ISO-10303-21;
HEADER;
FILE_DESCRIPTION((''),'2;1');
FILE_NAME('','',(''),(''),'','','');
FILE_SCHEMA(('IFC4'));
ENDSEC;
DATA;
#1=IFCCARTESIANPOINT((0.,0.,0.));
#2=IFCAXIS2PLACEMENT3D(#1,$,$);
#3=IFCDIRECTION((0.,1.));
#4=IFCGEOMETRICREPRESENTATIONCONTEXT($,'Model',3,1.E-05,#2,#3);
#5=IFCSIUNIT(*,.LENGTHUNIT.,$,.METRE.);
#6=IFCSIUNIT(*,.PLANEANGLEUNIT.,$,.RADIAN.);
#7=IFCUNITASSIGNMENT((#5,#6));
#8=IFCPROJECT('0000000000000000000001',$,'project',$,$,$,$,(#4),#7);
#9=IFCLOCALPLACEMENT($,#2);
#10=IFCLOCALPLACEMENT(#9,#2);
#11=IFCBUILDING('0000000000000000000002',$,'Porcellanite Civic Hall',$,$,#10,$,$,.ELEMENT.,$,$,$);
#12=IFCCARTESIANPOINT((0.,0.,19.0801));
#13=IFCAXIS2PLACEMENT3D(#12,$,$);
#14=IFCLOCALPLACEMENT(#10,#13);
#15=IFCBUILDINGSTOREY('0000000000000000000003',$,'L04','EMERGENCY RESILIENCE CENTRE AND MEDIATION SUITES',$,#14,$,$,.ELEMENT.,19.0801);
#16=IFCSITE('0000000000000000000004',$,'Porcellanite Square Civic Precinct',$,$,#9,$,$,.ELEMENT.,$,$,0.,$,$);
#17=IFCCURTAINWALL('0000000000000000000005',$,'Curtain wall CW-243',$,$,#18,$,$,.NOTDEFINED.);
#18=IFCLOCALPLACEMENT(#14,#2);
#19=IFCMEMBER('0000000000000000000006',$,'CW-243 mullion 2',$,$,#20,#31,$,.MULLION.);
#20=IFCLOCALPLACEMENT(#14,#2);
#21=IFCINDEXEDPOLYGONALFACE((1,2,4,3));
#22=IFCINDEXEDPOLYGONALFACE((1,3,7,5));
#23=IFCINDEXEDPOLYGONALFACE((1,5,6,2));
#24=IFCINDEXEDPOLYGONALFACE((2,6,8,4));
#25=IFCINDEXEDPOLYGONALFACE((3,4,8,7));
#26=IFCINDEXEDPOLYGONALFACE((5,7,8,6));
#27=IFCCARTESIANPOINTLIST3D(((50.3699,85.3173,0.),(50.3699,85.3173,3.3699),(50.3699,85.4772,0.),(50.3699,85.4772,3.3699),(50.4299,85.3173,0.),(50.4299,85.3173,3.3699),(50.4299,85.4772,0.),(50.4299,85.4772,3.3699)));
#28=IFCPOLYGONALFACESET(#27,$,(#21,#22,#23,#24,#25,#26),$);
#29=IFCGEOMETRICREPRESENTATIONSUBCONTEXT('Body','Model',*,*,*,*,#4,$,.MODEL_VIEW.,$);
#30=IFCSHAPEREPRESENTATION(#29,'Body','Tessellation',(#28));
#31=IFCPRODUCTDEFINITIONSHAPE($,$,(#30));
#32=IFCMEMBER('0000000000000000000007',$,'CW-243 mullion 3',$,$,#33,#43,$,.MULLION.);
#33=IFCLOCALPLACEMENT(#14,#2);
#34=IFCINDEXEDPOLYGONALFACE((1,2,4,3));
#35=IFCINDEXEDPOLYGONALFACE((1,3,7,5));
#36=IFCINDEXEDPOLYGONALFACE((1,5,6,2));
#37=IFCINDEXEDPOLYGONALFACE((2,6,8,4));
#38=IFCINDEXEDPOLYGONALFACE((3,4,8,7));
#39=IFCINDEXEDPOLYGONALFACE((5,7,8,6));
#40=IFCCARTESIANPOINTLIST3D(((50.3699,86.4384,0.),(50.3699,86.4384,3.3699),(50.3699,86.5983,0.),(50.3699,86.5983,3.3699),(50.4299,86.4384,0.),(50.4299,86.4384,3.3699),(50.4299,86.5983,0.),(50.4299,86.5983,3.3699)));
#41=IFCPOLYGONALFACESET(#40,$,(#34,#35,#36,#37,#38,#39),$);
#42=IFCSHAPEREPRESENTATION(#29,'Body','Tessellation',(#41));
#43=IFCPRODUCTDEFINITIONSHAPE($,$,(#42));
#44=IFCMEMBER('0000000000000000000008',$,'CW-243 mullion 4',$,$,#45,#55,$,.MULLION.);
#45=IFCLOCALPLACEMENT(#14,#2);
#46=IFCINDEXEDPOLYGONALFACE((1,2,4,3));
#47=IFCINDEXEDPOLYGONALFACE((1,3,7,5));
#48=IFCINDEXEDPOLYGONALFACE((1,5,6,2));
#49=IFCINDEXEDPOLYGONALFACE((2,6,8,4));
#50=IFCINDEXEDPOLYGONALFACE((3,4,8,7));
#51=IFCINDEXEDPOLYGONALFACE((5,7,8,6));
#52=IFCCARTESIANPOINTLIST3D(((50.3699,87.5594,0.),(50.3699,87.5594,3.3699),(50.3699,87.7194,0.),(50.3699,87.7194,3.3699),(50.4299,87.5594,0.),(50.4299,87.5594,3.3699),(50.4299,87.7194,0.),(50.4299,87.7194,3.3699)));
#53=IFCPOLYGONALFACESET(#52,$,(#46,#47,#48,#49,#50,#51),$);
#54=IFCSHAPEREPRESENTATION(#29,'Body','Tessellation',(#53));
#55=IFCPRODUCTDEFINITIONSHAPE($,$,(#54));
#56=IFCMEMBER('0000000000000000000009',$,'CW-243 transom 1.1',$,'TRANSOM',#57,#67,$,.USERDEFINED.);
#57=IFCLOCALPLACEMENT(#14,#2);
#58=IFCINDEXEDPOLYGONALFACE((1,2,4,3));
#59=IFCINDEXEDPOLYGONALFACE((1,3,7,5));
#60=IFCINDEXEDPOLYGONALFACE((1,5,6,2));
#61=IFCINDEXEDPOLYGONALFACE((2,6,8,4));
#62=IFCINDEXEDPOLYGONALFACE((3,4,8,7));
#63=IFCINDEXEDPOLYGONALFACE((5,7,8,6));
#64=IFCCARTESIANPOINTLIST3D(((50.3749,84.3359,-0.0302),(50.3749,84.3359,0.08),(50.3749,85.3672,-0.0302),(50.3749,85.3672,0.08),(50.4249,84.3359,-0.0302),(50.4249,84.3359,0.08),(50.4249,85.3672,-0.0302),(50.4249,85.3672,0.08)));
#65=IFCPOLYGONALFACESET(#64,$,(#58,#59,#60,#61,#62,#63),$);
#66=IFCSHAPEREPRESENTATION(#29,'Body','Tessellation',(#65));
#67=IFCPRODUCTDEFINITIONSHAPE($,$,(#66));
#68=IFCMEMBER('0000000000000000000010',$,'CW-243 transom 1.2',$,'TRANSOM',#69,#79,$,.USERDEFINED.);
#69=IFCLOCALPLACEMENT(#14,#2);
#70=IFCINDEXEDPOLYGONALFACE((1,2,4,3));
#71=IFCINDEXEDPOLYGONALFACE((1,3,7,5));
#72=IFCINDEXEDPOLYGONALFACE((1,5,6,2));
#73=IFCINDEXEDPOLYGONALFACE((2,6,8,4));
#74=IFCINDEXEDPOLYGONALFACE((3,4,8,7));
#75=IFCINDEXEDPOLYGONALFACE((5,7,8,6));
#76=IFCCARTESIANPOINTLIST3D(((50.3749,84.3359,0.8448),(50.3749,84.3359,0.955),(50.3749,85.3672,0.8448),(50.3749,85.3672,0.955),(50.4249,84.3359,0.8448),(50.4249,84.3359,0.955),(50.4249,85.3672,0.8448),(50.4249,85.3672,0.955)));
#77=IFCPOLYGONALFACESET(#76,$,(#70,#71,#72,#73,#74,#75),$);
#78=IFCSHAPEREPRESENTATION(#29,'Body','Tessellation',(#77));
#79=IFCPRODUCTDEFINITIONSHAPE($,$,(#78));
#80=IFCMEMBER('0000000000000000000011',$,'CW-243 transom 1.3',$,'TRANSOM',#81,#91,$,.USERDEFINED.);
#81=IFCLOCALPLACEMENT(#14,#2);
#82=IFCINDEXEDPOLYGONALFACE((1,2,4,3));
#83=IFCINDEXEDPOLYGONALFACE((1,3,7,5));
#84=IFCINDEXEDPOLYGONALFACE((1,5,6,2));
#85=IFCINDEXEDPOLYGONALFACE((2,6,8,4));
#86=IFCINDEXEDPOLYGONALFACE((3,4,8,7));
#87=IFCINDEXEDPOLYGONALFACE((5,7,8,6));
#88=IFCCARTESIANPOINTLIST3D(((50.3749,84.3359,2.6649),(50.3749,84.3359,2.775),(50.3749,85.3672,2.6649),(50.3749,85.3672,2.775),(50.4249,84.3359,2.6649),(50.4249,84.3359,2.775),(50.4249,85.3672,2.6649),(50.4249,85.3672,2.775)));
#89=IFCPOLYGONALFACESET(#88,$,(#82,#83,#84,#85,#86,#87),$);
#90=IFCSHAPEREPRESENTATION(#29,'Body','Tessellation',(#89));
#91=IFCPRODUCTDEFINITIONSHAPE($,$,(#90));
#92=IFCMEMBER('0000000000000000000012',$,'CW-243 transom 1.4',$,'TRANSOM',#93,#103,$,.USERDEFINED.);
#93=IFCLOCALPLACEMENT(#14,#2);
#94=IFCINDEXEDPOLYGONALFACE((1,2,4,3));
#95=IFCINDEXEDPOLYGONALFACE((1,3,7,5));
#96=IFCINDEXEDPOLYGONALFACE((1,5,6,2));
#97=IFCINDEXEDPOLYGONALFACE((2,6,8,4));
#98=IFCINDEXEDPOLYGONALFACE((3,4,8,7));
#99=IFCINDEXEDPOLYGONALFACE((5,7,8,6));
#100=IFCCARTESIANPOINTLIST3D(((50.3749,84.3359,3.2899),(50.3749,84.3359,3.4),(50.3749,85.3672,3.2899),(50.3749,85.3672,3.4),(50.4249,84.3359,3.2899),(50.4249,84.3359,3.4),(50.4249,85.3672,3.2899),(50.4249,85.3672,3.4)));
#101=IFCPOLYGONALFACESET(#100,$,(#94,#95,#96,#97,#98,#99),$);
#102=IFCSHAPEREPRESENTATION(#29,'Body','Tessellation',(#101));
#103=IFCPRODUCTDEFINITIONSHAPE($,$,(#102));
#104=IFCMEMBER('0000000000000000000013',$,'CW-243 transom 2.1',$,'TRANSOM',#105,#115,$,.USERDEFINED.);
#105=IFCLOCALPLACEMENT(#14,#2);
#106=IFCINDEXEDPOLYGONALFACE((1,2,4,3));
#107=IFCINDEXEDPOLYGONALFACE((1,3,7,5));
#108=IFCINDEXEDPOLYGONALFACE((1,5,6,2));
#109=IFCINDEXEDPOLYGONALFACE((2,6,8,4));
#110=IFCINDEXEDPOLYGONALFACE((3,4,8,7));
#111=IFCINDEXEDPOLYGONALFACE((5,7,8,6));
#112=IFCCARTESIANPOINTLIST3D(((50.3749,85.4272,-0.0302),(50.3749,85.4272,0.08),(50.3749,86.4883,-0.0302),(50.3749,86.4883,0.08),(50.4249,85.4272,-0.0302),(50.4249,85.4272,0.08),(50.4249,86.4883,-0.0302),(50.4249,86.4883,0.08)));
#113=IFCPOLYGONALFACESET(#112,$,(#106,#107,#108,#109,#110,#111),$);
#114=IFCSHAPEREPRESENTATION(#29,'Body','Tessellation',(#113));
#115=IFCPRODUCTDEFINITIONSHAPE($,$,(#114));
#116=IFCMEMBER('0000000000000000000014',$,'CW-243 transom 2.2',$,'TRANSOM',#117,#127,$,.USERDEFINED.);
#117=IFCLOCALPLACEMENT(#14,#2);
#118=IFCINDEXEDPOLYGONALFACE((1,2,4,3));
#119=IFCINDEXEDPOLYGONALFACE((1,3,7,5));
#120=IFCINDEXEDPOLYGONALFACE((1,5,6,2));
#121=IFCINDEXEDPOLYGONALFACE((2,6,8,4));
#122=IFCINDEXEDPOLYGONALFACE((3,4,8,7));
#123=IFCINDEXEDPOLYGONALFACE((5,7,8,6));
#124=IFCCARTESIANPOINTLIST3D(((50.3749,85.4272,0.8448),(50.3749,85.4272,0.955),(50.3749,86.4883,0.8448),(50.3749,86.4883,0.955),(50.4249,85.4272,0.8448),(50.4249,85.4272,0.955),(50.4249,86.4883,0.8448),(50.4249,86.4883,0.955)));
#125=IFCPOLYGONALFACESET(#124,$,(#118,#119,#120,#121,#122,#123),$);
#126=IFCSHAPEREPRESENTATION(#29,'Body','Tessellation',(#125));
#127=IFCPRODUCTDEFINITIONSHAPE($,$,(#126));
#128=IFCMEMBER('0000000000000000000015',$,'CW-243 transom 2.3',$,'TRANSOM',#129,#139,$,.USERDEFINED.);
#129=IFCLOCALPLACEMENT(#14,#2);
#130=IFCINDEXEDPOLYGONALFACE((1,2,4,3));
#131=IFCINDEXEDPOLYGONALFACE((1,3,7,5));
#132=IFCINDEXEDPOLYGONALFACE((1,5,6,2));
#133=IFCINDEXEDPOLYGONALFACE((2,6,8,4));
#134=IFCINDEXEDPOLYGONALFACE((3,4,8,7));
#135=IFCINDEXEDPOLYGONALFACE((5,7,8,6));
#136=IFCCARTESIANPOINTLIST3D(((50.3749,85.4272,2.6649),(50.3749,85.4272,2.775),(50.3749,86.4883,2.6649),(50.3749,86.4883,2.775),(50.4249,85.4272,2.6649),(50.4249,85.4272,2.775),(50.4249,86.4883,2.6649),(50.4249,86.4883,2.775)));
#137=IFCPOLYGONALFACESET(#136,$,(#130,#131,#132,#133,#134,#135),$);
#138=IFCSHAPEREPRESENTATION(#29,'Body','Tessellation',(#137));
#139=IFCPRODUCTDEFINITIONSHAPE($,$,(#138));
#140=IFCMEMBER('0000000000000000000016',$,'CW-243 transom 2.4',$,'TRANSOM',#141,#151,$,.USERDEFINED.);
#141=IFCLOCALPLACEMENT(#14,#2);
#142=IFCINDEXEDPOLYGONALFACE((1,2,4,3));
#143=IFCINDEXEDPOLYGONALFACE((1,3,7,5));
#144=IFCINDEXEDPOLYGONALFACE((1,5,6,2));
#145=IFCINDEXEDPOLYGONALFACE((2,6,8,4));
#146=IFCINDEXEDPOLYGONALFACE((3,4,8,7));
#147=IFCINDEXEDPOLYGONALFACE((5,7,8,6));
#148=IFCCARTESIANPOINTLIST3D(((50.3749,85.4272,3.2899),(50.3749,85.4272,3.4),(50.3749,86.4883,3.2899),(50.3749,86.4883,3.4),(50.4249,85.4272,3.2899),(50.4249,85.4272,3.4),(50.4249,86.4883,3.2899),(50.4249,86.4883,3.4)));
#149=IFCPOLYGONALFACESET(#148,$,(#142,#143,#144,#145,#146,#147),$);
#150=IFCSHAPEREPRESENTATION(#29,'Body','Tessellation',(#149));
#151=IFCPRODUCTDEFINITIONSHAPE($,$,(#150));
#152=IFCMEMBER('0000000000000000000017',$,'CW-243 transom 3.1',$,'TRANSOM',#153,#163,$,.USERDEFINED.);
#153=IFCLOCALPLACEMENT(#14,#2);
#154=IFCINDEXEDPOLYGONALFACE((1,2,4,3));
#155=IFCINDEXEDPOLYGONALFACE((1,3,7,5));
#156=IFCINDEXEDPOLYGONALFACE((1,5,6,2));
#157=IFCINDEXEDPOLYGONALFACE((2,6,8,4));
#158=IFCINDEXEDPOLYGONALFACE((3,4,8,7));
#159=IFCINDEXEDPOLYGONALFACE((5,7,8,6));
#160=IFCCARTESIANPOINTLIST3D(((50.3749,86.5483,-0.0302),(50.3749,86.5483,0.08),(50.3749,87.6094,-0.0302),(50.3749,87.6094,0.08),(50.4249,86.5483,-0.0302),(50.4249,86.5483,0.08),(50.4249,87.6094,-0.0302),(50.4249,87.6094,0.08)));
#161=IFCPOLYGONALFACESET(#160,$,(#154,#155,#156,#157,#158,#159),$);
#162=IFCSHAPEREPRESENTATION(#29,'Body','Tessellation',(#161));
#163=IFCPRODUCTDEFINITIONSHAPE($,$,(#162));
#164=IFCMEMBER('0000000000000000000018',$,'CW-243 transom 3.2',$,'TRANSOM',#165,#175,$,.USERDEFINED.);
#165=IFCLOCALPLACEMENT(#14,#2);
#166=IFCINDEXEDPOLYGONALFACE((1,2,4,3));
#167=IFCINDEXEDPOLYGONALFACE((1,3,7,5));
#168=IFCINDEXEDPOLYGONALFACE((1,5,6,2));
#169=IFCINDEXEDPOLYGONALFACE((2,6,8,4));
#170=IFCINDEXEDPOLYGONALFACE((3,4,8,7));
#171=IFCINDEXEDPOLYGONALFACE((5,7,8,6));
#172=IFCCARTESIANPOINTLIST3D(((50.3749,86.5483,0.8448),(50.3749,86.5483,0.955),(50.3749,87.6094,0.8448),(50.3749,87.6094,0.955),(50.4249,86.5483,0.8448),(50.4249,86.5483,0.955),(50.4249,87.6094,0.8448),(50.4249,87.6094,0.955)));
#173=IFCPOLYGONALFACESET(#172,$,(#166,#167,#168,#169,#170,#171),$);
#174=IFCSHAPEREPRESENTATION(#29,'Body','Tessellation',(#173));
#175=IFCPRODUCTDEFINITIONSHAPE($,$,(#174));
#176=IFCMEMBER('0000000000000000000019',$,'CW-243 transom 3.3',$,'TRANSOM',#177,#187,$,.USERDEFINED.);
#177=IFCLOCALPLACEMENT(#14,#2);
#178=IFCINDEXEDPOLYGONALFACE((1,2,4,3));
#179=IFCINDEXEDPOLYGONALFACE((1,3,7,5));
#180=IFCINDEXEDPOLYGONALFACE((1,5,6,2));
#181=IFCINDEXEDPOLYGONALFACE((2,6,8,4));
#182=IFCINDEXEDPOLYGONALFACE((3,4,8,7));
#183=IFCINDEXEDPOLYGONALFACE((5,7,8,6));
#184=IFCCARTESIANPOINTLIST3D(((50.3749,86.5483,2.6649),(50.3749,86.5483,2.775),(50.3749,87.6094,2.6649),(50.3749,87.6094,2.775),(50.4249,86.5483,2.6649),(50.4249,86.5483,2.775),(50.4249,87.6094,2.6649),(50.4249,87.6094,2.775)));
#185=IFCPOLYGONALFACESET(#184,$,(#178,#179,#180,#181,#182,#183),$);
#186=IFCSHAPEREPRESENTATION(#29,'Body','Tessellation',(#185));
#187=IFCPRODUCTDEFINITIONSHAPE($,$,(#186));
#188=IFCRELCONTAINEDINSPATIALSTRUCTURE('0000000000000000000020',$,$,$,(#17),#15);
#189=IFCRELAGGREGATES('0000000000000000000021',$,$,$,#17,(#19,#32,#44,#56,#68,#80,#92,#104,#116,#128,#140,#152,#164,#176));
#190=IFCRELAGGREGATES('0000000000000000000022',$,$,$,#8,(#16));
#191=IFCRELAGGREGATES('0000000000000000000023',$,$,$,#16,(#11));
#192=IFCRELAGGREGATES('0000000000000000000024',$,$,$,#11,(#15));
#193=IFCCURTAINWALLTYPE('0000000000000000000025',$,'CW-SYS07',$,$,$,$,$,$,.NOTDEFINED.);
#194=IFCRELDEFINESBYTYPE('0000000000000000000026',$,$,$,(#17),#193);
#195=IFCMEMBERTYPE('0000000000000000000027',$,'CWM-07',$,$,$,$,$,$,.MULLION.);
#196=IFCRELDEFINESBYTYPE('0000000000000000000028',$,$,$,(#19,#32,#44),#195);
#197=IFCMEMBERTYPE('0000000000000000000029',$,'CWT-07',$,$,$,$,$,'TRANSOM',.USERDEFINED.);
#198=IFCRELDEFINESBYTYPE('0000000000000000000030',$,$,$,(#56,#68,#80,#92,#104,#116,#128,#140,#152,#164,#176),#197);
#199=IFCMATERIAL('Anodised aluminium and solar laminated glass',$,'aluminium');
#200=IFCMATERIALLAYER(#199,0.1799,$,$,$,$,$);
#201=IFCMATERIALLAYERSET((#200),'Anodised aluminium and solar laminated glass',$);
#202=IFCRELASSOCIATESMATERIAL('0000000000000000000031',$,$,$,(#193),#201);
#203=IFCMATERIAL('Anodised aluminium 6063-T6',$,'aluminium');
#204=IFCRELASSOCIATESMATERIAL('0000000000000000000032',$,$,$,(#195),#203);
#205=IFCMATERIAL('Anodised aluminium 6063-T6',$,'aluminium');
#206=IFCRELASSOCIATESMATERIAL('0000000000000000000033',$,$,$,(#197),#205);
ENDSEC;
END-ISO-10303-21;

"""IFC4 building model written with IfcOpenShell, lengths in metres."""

from ifc_helpers import new_model, si_unit, direction, frame, origin, origin_2d, place, context, subcontext, project, spatial, rectangle, extrude, material, layer, layer_set, material_profile, profile_set, type_object, element, aggregate, save


model = new_model("IFC4")

# Units and contexts
model_context = context("Model", 3, precision=1e-05, world=origin(), true_north=direction((0.0, 1.0)))
body_context = subcontext(model_context, "Body", "Model", "MODEL_VIEW")
ifc_project = project(units=[si_unit("LENGTHUNIT", "METRE"), si_unit("PLANEANGLEUNIT", "RADIAN")], contexts=[model_context])

# Site, building, storey
site_placement = place(None, origin())
site = spatial("IfcSite", under=ifc_project, at=site_placement, Name="Porcellanite Square Civic Precinct", CompositionType="ELEMENT", RefElevation=0.0)
building_placement = place(site_placement, origin())
building = spatial("IfcBuilding", under=site, at=building_placement, Name="Porcellanite Civic Hall", CompositionType="ELEMENT")
storey_placement = place(building_placement, frame((0.0, 0.0, 19.0801)))
storey = spatial("IfcBuildingStorey", under=building, at=storey_placement, Name="L04", Description="EMERGENCY RESILIENCE CENTRE AND MEDIATION SUITES", CompositionType="ELEMENT", Elevation=19.0801)

# Curtain wall, members
ifc_material_1 = material(Name="Anodised aluminium and solar laminated glass", Category="aluminium")
ifc_layer_1 = layer(ifc_material_1, 0.1799)
ifc_layer_set_1 = layer_set([ifc_layer_1], Name="Anodised aluminium and solar laminated glass")
curtain_wall_type = type_object("IfcCurtainWallType", Name="CW-SYS07", PredefinedType="NOTDEFINED", material=ifc_layer_set_1)
curtain_wall_placement = place(storey_placement, origin())
curtain_wall = element("IfcCurtainWall", 1, at=curtain_wall_placement, inside=storey, type_object=curtain_wall_type, Name="Curtain wall CW-243", PredefinedType="NOTDEFINED")
ifc_material_2 = material(Name="Anodised aluminium 6063-T6", Category="aluminium")
ifc_material_profile_1 = material_profile(ifc_material_2, rectangle(XDim=0.0601, YDim=0.1599, at=origin_2d()), Name="AL-60x160")
ifc_profile_set_1 = profile_set([ifc_material_profile_1], Name="Anodised aluminium 6063-T6")
member_type_1 = type_object("IfcMemberType", Name="CWM-07", PredefinedType="MULLION", material=ifc_profile_set_1)
member_1_placement = place(storey_placement, frame((50.3999, 85.3972, 0.0), z_axis=(0.0, 0.0, 1.0), x_axis=(-1.0, 0.0, 0.0)))
member_1 = element("IfcMember", 2, at=member_1_placement, type_object=member_type_1, Name="CW-243 mullion 2", PredefinedType="MULLION", context=body_context, shape_type="SweptSolid", body=[
    extrude(rectangle(XDim=0.0601, YDim=0.1599, at=origin_2d()), origin(), (0.0, 0.0, 1.0), 3.3699),
])
member_2_placement = place(storey_placement, frame((50.3999, 86.5183, 0.0), z_axis=(0.0, 0.0, 1.0), x_axis=(-1.0, 0.0, 0.0)))
member_2 = element("IfcMember", 3, at=member_2_placement, type_object=member_type_1, Name="CW-243 mullion 3", PredefinedType="MULLION", context=body_context, shape_type="SweptSolid", body=[
    extrude(rectangle(XDim=0.0601, YDim=0.1599, at=origin_2d()), origin(), (0.0, 0.0, 1.0), 3.3699),
])
member_3_placement = place(storey_placement, frame((50.3999, 87.6394, 0.0), z_axis=(0.0, 0.0, 1.0), x_axis=(-1.0, 0.0, 0.0)))
member_3 = element("IfcMember", 4, at=member_3_placement, type_object=member_type_1, Name="CW-243 mullion 4", PredefinedType="MULLION", context=body_context, shape_type="SweptSolid", body=[
    extrude(rectangle(XDim=0.0601, YDim=0.1599, at=origin_2d()), origin(), (0.0, 0.0, 1.0), 3.3699),
])
ifc_material_3 = material(Name="Anodised aluminium 6063-T6", Category="aluminium")
ifc_material_profile_2 = material_profile(ifc_material_3, rectangle(XDim=0.05, YDim=0.1101, at=origin_2d()), Name="AL-50x110")
ifc_profile_set_2 = profile_set([ifc_material_profile_2], Name="Anodised aluminium 6063-T6")
member_type_2 = type_object("IfcMemberType", Name="CWT-07", ElementType="TRANSOM", PredefinedType="USERDEFINED", material=ifc_profile_set_2)
member_4_placement = place(storey_placement, frame((50.3999, 84.3359, 0.0249), z_axis=(0.0, 1.0, 0.0), x_axis=(-1.0, 0.0, 0.0)))
member_4 = element("IfcMember", 5, at=member_4_placement, type_object=member_type_2, Name="CW-243 transom 1.1", ObjectType="TRANSOM", PredefinedType="USERDEFINED", context=body_context, shape_type="SweptSolid", body=[
    extrude(rectangle(XDim=0.05, YDim=0.1101, at=origin_2d()), origin(), (0.0, 0.0, 1.0), 1.0312),
])
member_5_placement = place(storey_placement, frame((50.3999, 84.3359, 0.8999), z_axis=(0.0, 1.0, 0.0), x_axis=(-1.0, 0.0, 0.0)))
member_5 = element("IfcMember", 6, at=member_5_placement, type_object=member_type_2, Name="CW-243 transom 1.2", ObjectType="TRANSOM", PredefinedType="USERDEFINED", context=body_context, shape_type="SweptSolid", body=[
    extrude(rectangle(XDim=0.05, YDim=0.1101, at=origin_2d()), origin(), (0.0, 0.0, 1.0), 1.0312),
])
member_6_placement = place(storey_placement, frame((50.3999, 84.3359, 2.72), z_axis=(0.0, 1.0, 0.0), x_axis=(-1.0, 0.0, 0.0)))
member_6 = element("IfcMember", 7, at=member_6_placement, type_object=member_type_2, Name="CW-243 transom 1.3", ObjectType="TRANSOM", PredefinedType="USERDEFINED", context=body_context, shape_type="SweptSolid", body=[
    extrude(rectangle(XDim=0.05, YDim=0.1101, at=origin_2d()), origin(), (0.0, 0.0, 1.0), 1.0312),
])
member_7_placement = place(storey_placement, frame((50.3999, 84.3359, 3.345), z_axis=(0.0, 1.0, 0.0), x_axis=(-1.0, 0.0, 0.0)))
member_7 = element("IfcMember", 8, at=member_7_placement, type_object=member_type_2, Name="CW-243 transom 1.4", ObjectType="TRANSOM", PredefinedType="USERDEFINED", context=body_context, shape_type="SweptSolid", body=[
    extrude(rectangle(XDim=0.05, YDim=0.1101, at=origin_2d()), origin(), (0.0, 0.0, 1.0), 1.0312),
])
member_8_placement = place(storey_placement, frame((50.3999, 85.4272, 0.0249), z_axis=(0.0, 1.0, 0.0), x_axis=(-1.0, 0.0, 0.0)))
member_8 = element("IfcMember", 9, at=member_8_placement, type_object=member_type_2, Name="CW-243 transom 2.1", ObjectType="TRANSOM", PredefinedType="USERDEFINED", context=body_context, shape_type="SweptSolid", body=[
    extrude(rectangle(XDim=0.05, YDim=0.1101, at=origin_2d()), origin(), (0.0, 0.0, 1.0), 1.061),
])
member_9_placement = place(storey_placement, frame((50.3999, 85.4272, 0.8999), z_axis=(0.0, 1.0, 0.0), x_axis=(-1.0, 0.0, 0.0)))
member_9 = element("IfcMember", 10, at=member_9_placement, type_object=member_type_2, Name="CW-243 transom 2.2", ObjectType="TRANSOM", PredefinedType="USERDEFINED", context=body_context, shape_type="SweptSolid", body=[
    extrude(rectangle(XDim=0.05, YDim=0.1101, at=origin_2d()), origin(), (0.0, 0.0, 1.0), 1.061),
])
member_10_placement = place(storey_placement, frame((50.3999, 85.4272, 2.72), z_axis=(0.0, 1.0, 0.0), x_axis=(-1.0, 0.0, 0.0)))
member_10 = element("IfcMember", 11, at=member_10_placement, type_object=member_type_2, Name="CW-243 transom 2.3", ObjectType="TRANSOM", PredefinedType="USERDEFINED", context=body_context, shape_type="SweptSolid", body=[
    extrude(rectangle(XDim=0.05, YDim=0.1101, at=origin_2d()), origin(), (0.0, 0.0, 1.0), 1.061),
])
member_11_placement = place(storey_placement, frame((50.3999, 85.4272, 3.345), z_axis=(0.0, 1.0, 0.0), x_axis=(-1.0, 0.0, 0.0)))
member_11 = element("IfcMember", 12, at=member_11_placement, type_object=member_type_2, Name="CW-243 transom 2.4", ObjectType="TRANSOM", PredefinedType="USERDEFINED", context=body_context, shape_type="SweptSolid", body=[
    extrude(rectangle(XDim=0.05, YDim=0.1101, at=origin_2d()), origin(), (0.0, 0.0, 1.0), 1.061),
])
member_12_placement = place(storey_placement, frame((50.3999, 86.5483, 0.0249), z_axis=(0.0, 1.0, 0.0), x_axis=(-1.0, 0.0, 0.0)))
member_12 = element("IfcMember", 13, at=member_12_placement, type_object=member_type_2, Name="CW-243 transom 3.1", ObjectType="TRANSOM", PredefinedType="USERDEFINED", context=body_context, shape_type="SweptSolid", body=[
    extrude(rectangle(XDim=0.05, YDim=0.1101, at=origin_2d()), origin(), (0.0, 0.0, 1.0), 1.061),
])
member_13_placement = place(storey_placement, frame((50.3999, 86.5483, 0.8999), z_axis=(0.0, 1.0, 0.0), x_axis=(-1.0, 0.0, 0.0)))
member_13 = element("IfcMember", 14, at=member_13_placement, type_object=member_type_2, Name="CW-243 transom 3.2", ObjectType="TRANSOM", PredefinedType="USERDEFINED", context=body_context, shape_type="SweptSolid", body=[
    extrude(rectangle(XDim=0.05, YDim=0.1101, at=origin_2d()), origin(), (0.0, 0.0, 1.0), 1.061),
])
member_14_placement = place(storey_placement, frame((50.3999, 86.5483, 2.72), z_axis=(0.0, 1.0, 0.0), x_axis=(-1.0, 0.0, 0.0)))
member_14 = element("IfcMember", 15, at=member_14_placement, type_object=member_type_2, Name="CW-243 transom 3.3", ObjectType="TRANSOM", PredefinedType="USERDEFINED", context=body_context, shape_type="SweptSolid", body=[
    extrude(rectangle(XDim=0.05, YDim=0.1101, at=origin_2d()), origin(), (0.0, 0.0, 1.0), 1.061),
])
aggregate(curtain_wall, [member_1, member_2, member_3, member_4, member_5, member_6, member_7, member_8, member_9, member_10, member_11, member_12, member_13, member_14])

save(model, "model.ifc")
